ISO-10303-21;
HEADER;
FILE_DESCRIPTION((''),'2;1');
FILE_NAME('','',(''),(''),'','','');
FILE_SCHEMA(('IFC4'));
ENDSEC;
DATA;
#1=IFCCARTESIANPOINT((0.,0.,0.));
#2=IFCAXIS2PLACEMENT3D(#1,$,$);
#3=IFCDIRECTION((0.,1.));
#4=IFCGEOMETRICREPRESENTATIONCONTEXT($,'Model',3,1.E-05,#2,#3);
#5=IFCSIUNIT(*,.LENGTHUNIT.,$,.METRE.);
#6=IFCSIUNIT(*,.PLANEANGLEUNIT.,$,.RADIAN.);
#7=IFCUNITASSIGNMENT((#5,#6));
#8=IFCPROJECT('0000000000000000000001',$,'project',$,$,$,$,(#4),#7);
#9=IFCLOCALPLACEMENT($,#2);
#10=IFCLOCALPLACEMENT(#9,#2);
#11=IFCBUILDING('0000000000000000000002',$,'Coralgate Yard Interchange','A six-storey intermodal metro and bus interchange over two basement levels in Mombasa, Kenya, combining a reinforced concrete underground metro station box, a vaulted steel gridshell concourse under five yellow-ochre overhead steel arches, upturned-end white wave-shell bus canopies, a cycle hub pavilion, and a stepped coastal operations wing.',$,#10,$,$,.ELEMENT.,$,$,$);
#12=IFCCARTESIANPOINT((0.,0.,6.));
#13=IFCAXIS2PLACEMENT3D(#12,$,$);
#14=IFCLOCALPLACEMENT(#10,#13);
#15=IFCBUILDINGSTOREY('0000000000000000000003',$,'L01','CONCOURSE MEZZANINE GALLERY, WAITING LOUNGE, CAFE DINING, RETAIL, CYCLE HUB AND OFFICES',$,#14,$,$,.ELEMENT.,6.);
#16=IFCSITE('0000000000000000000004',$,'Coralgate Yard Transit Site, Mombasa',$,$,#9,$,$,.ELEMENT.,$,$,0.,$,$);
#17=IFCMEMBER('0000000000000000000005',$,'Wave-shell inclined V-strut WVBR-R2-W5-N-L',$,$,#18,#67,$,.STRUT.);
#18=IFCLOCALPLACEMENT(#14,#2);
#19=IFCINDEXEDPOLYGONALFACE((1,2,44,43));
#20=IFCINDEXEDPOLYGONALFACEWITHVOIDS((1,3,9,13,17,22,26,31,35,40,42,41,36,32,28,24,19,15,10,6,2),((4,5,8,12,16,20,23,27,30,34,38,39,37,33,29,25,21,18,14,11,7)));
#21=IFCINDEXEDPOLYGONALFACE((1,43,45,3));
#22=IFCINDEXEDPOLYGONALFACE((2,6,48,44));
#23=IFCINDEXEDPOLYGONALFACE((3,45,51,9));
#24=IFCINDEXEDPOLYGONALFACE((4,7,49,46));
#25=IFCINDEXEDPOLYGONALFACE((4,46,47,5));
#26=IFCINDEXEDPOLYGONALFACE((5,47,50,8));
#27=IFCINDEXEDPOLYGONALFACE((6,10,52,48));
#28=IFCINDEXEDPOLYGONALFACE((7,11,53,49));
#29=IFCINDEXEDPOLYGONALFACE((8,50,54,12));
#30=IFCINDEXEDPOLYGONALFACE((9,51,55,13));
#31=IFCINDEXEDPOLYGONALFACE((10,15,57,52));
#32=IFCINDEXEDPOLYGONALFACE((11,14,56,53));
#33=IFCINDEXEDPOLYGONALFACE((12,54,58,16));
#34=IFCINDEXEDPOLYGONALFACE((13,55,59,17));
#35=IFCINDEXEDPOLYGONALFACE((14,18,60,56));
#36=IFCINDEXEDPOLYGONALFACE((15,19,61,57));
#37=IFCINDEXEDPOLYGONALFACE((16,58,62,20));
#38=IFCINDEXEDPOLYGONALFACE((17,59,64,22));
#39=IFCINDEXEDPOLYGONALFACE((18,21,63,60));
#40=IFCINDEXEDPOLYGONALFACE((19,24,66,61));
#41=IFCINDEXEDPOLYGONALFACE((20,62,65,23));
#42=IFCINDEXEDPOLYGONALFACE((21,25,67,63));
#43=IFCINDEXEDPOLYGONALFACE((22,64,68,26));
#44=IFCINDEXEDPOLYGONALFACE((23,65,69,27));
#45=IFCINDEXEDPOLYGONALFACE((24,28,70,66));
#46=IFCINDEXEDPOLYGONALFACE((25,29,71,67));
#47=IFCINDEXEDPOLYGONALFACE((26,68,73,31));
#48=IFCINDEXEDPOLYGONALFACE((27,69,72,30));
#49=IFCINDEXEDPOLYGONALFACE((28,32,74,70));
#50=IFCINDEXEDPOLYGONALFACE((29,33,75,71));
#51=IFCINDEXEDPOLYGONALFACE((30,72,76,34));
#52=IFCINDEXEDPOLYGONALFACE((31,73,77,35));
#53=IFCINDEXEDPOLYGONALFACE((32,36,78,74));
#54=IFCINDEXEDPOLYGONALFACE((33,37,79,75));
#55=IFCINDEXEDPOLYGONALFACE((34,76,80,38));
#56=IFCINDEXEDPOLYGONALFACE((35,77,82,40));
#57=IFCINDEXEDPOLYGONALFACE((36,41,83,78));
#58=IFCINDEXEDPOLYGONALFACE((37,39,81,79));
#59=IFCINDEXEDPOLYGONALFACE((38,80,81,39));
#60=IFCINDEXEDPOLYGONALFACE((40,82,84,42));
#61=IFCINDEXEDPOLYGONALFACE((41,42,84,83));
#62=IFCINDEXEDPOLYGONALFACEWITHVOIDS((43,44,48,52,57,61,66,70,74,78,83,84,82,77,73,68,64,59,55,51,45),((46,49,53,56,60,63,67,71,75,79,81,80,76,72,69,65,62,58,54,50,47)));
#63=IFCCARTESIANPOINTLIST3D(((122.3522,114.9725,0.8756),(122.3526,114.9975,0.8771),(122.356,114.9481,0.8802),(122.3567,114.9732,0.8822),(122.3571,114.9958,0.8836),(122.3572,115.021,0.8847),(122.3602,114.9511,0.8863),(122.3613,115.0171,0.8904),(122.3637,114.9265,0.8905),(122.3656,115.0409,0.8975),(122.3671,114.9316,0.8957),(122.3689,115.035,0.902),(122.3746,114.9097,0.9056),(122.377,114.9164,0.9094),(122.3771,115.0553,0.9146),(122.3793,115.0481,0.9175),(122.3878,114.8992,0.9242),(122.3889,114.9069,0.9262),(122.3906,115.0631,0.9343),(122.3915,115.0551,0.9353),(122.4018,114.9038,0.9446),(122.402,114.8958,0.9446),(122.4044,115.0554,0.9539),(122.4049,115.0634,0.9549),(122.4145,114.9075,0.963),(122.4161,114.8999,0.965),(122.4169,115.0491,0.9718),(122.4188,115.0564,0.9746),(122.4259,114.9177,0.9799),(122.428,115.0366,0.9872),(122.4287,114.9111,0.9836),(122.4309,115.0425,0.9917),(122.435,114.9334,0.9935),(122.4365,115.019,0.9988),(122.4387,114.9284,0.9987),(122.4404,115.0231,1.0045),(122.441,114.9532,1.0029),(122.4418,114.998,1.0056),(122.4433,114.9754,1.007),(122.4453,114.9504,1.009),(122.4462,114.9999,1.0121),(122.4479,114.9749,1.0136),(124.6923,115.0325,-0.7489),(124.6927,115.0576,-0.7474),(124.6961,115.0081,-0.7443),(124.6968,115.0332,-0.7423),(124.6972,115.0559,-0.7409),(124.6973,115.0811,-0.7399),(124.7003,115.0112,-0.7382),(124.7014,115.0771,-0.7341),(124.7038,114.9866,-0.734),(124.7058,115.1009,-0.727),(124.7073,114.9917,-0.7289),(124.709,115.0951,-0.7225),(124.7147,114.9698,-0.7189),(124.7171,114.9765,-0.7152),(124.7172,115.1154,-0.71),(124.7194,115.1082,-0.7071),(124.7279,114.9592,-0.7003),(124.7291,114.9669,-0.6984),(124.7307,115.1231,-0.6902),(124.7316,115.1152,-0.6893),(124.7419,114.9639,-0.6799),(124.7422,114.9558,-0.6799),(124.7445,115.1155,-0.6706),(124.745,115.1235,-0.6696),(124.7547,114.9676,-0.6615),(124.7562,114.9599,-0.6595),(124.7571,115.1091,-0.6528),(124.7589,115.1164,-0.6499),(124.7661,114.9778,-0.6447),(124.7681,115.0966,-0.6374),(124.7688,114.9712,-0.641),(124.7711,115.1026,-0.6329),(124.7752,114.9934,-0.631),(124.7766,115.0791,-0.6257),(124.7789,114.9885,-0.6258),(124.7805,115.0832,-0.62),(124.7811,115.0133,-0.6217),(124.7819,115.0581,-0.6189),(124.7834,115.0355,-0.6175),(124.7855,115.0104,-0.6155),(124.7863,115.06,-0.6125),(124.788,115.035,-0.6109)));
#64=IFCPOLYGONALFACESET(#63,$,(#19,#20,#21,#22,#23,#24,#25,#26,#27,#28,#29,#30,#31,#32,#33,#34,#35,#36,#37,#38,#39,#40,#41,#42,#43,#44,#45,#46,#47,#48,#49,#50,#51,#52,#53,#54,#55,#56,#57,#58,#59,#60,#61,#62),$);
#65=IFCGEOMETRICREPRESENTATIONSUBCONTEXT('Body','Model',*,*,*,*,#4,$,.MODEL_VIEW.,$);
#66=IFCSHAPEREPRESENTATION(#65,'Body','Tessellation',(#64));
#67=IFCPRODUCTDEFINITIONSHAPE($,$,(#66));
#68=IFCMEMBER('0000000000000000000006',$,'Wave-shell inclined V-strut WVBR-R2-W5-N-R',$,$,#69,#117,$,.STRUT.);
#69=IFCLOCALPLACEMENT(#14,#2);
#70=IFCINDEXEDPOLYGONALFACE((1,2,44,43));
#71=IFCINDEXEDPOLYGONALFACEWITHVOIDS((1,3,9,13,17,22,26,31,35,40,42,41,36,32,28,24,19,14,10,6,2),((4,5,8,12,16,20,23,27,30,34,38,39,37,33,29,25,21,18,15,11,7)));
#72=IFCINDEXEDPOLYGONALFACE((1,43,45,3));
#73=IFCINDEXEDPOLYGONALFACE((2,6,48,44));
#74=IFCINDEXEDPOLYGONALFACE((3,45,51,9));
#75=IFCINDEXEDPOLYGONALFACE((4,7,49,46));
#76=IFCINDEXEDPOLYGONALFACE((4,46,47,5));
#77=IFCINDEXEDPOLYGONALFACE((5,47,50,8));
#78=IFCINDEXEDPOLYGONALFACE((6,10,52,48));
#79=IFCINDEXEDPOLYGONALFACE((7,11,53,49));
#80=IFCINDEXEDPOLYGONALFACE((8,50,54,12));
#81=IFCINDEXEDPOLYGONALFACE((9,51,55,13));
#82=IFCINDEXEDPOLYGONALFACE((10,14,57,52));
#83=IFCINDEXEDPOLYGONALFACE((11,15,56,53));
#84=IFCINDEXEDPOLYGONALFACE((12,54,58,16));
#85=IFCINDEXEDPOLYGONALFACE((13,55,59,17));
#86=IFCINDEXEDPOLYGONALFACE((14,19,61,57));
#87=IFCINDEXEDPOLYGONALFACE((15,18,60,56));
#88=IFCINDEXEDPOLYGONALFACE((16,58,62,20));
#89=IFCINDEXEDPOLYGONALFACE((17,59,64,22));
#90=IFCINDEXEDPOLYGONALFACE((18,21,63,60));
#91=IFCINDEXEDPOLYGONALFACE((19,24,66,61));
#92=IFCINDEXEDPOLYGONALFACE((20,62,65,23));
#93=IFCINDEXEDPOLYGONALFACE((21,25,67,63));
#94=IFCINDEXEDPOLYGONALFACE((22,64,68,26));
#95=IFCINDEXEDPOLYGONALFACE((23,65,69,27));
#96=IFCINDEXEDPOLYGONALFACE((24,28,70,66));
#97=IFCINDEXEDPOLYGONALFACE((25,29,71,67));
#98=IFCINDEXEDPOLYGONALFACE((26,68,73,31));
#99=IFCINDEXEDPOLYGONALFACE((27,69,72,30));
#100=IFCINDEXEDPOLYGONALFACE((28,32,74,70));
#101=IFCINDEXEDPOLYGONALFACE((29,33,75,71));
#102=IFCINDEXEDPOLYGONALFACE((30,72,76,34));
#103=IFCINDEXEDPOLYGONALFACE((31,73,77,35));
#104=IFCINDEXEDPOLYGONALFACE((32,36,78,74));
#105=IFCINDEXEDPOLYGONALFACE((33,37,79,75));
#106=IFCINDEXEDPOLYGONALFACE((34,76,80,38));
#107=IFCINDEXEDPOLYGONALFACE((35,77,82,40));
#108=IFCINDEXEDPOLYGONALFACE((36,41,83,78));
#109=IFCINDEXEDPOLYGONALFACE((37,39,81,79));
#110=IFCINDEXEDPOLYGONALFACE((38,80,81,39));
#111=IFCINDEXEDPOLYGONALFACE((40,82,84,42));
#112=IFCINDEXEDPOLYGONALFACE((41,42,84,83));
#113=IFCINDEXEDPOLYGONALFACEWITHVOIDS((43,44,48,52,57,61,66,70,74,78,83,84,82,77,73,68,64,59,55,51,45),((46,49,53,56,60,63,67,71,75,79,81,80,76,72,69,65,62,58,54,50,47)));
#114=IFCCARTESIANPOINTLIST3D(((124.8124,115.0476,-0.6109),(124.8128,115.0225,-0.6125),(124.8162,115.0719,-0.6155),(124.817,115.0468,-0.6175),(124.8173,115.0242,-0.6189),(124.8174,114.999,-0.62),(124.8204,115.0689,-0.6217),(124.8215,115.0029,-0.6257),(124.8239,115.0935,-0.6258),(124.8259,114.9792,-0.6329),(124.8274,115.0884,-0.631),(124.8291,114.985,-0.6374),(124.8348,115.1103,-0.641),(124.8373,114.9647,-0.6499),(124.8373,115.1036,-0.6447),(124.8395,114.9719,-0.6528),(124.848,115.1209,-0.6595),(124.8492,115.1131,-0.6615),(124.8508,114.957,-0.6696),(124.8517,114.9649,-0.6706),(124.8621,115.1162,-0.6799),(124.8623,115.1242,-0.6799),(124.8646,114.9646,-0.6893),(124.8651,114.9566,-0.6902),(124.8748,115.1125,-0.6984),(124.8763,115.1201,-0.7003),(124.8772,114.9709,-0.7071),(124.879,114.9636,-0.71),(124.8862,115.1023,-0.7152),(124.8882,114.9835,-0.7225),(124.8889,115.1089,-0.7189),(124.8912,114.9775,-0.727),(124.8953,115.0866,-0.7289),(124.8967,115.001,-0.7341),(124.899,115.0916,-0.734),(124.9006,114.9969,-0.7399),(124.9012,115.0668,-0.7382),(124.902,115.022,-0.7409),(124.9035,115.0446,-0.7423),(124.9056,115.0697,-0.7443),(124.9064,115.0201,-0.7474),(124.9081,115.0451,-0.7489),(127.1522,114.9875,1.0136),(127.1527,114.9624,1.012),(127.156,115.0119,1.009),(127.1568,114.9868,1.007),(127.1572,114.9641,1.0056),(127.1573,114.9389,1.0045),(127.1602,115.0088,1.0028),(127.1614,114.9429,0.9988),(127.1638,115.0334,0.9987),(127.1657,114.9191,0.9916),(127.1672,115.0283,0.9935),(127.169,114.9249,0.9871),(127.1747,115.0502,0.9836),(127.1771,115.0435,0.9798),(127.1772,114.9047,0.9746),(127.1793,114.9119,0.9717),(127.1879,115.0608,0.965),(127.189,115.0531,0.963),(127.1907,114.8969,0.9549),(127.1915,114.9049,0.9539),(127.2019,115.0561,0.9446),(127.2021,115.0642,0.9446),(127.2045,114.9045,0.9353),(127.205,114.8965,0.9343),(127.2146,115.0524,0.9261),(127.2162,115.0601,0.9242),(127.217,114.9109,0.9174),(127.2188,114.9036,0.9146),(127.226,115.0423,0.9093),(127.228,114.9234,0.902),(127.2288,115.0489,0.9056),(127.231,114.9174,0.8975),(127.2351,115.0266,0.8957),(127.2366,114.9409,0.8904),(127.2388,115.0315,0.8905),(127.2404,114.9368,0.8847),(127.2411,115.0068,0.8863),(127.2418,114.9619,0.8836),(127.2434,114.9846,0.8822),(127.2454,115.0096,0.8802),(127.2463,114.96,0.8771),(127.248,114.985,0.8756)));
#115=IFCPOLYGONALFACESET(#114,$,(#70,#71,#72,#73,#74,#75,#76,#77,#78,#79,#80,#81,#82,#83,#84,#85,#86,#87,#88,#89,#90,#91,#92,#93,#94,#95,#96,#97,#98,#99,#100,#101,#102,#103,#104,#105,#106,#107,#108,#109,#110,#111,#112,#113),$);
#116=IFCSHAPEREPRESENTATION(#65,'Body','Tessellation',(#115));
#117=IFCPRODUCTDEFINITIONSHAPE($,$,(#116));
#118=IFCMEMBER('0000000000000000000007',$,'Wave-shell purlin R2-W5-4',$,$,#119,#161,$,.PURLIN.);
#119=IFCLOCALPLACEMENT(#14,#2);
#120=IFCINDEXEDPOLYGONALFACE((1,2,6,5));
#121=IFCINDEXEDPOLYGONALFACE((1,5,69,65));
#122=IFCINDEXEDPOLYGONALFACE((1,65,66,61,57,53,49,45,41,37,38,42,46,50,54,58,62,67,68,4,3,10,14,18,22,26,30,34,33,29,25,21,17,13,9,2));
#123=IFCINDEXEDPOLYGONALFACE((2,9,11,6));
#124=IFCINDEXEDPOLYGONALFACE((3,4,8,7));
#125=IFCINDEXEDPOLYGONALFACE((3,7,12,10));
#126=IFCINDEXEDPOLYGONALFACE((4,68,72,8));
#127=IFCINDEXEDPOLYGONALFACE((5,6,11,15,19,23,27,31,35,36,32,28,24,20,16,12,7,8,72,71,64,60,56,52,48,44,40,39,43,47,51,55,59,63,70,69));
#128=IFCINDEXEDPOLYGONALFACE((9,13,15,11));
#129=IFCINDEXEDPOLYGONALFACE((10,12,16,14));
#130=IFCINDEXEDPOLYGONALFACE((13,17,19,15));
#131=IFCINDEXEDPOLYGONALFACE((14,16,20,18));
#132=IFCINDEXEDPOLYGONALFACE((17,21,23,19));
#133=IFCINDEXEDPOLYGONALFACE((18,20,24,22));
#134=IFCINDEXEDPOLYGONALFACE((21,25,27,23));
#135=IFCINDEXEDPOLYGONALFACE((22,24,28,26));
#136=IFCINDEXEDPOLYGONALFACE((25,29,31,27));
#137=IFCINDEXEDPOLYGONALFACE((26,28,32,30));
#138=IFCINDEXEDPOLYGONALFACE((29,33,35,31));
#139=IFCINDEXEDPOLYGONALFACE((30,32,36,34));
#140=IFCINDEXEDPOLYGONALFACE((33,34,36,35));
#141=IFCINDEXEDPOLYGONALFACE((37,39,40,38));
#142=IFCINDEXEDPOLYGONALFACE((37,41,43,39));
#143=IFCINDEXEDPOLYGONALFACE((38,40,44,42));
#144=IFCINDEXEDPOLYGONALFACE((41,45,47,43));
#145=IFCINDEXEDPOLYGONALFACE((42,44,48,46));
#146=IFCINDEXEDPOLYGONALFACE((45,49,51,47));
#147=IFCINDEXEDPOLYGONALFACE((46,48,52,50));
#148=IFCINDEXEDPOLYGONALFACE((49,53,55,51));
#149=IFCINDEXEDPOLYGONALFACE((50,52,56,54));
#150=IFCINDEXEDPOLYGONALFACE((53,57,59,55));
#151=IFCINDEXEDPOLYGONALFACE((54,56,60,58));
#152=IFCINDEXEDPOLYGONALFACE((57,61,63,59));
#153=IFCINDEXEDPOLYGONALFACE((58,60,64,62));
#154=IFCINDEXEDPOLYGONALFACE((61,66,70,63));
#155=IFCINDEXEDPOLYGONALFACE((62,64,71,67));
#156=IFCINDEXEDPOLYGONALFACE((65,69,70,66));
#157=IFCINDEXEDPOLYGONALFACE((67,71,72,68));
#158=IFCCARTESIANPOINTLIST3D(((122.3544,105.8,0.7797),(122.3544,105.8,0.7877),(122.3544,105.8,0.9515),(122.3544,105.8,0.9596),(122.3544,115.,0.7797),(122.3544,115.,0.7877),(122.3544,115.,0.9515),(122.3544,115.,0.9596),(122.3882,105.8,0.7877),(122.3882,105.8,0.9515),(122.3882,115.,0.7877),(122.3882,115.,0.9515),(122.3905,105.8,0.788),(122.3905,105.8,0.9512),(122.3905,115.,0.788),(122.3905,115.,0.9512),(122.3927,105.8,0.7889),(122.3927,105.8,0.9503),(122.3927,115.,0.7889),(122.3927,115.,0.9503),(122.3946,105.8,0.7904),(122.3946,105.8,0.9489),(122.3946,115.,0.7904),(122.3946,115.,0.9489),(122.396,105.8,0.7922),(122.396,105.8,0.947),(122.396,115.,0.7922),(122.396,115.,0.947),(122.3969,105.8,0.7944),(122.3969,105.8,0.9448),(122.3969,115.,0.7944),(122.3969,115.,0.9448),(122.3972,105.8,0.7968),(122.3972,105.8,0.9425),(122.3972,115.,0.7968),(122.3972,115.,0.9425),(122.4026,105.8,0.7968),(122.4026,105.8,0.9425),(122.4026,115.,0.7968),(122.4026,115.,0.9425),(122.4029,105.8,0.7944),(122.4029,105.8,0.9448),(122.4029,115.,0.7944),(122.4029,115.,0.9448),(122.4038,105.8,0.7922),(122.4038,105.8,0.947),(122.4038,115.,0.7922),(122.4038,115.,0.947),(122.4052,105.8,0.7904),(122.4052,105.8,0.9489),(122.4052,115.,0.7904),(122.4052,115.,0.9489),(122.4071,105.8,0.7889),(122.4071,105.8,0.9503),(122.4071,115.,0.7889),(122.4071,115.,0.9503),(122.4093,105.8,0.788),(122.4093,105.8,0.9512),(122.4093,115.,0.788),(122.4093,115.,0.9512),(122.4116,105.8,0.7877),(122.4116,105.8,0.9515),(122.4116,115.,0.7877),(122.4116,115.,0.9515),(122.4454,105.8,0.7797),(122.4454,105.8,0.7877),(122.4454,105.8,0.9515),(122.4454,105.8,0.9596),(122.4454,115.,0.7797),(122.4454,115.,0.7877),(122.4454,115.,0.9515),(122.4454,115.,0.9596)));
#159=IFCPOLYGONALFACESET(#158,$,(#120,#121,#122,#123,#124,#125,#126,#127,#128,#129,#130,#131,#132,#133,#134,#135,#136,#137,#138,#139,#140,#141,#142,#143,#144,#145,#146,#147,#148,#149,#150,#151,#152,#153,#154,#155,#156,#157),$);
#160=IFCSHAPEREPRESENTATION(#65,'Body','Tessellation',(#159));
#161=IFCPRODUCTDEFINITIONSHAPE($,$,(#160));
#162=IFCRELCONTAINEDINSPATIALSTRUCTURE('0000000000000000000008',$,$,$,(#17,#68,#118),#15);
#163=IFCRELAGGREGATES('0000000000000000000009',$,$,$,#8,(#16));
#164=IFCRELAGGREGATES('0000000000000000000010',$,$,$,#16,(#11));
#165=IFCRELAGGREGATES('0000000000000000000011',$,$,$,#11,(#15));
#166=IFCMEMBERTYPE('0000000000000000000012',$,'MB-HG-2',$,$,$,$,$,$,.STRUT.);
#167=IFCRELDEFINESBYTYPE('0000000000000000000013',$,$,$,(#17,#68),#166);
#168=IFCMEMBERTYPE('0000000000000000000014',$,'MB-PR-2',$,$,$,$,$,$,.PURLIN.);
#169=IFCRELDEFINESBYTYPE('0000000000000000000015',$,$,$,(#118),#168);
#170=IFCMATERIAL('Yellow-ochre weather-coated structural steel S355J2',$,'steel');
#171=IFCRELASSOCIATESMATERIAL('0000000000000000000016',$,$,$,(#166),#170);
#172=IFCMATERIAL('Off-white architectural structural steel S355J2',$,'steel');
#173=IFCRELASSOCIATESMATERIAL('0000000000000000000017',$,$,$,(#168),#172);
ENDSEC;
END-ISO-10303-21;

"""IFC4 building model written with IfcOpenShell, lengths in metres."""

from ifc_helpers import new_model, si_unit, direction, frame, origin, origin_2d, place, context, subcontext, project, spatial, hollow_circle, i_section, extrude, material, material_profile, profile_set, type_object, element, save


model = new_model("IFC4")

# Units and contexts
model_context = context("Model", 3, precision=1e-05, world=origin(), true_north=direction((0.0, 1.0)))
body_context = subcontext(model_context, "Body", "Model", "MODEL_VIEW")
ifc_project = project(units=[si_unit("LENGTHUNIT", "METRE"), si_unit("PLANEANGLEUNIT", "RADIAN")], contexts=[model_context])

# Site, building, storey
site_placement = place(None, origin())
site = spatial("IfcSite", under=ifc_project, at=site_placement, Name="Coralgate Yard Transit Site, Mombasa", CompositionType="ELEMENT", RefElevation=0.0)
building_placement = place(site_placement, origin())
building = spatial("IfcBuilding", under=site, at=building_placement, Name="Coralgate Yard Interchange", Description="A six-storey intermodal metro and bus interchange over two basement levels in Mombasa, Kenya, combining a reinforced concrete underground metro station box, a vaulted steel gridshell concourse under five yellow-ochre overhead steel arches, upturned-end white wave-shell bus canopies, a cycle hub pavilion, and a stepped coastal operations wing.", CompositionType="ELEMENT")
storey_placement = place(building_placement, frame((0.0, 0.0, 6.0)))
storey = spatial("IfcBuildingStorey", under=building, at=storey_placement, Name="L01", Description="CONCOURSE MEZZANINE GALLERY, WAITING LOUNGE, CAFE DINING, RETAIL, CYCLE HUB AND OFFICES", CompositionType="ELEMENT", Elevation=6.0)

# Shared definitions
ifc_material_1 = material(Name="Off-white architectural structural steel S355J2", Category="steel")

# Members
ifc_material_2 = material(Name="Yellow-ochre weather-coated structural steel S355J2", Category="steel")
ifc_material_profile_1 = material_profile(ifc_material_2, hollow_circle(Radius=0.0842, WallThickness=0.0081, at=origin_2d()), Name="CHS 168.3x8")
ifc_profile_set_1 = profile_set([ifc_material_profile_1], Name="Yellow-ochre weather-coated structural steel S355J2")
member_type_1 = type_object("IfcMemberType", Name="MB-HG-2", PredefinedType="STRUT", material=ifc_profile_set_1)
member_1_placement = place(storey_placement, frame((124.74, 115.04, -0.6799), z_axis=(-0.821278, -0.021078, 0.570139), x_axis=(0.025657, -0.999671, 0.0)))
element("IfcMember", 1, at=member_1_placement, inside=storey, type_object=member_type_1, Name="Wave-shell inclined V-strut WVBR-R2-W5-N-L", PredefinedType="STRUT", context=body_context, shape_type="SweptSolid", body=[
    extrude(hollow_circle(Radius=0.0842, WallThickness=0.0081, at=origin_2d()), origin(), (0.0, 0.0, 1.0), 2.8494),
])
member_2_placement = place(storey_placement, frame((124.8601, 115.04, -0.6799), z_axis=(0.82125, -0.02108, 0.570179), x_axis=(0.025659, 0.999671, 0.0)))
element("IfcMember", 2, at=member_2_placement, inside=storey, type_object=member_type_1, Name="Wave-shell inclined V-strut WVBR-R2-W5-N-R", PredefinedType="STRUT", context=body_context, shape_type="SweptSolid", body=[
    extrude(hollow_circle(Radius=0.0842, WallThickness=0.0081, at=origin_2d()), origin(), (0.0, 0.0, 1.0), 2.8491),
])
ifc_material_profile_2 = material_profile(ifc_material_1, i_section(OverallWidth=0.0911, OverallDepth=0.1799, WebThickness=0.0054, FlangeThickness=0.0081, FilletRadius=0.009, at=origin_2d()), Name="IPE 180")
ifc_profile_set_2 = profile_set([ifc_material_profile_2], Name="Off-white architectural structural steel S355J2")
member_type_2 = type_object("IfcMemberType", Name="MB-PR-2", PredefinedType="PURLIN", material=ifc_profile_set_2)
for number, where, z_axis, x_axis, name in (
    (3, (122.3999, 105.8, 0.8696), (0.0, 1.0, 0.0), (-1.0, 0.0, 0.0), "Wave-shell purlin R2-W5-4"),
):
    element("IfcMember", number, at=place(storey_placement, frame(where, z_axis=z_axis, x_axis=x_axis)), inside=storey, type_object=member_type_2, Name=name, PredefinedType="PURLIN", context=body_context, shape_type="SweptSolid", body=[
        extrude(i_section(OverallWidth=0.0911, OverallDepth=0.1799, WebThickness=0.0054, FlangeThickness=0.0081, FilletRadius=0.009, at=origin_2d()), origin(), (0.0, 0.0, 1.0), 9.2),
    ])

save(model, "model.ifc")
